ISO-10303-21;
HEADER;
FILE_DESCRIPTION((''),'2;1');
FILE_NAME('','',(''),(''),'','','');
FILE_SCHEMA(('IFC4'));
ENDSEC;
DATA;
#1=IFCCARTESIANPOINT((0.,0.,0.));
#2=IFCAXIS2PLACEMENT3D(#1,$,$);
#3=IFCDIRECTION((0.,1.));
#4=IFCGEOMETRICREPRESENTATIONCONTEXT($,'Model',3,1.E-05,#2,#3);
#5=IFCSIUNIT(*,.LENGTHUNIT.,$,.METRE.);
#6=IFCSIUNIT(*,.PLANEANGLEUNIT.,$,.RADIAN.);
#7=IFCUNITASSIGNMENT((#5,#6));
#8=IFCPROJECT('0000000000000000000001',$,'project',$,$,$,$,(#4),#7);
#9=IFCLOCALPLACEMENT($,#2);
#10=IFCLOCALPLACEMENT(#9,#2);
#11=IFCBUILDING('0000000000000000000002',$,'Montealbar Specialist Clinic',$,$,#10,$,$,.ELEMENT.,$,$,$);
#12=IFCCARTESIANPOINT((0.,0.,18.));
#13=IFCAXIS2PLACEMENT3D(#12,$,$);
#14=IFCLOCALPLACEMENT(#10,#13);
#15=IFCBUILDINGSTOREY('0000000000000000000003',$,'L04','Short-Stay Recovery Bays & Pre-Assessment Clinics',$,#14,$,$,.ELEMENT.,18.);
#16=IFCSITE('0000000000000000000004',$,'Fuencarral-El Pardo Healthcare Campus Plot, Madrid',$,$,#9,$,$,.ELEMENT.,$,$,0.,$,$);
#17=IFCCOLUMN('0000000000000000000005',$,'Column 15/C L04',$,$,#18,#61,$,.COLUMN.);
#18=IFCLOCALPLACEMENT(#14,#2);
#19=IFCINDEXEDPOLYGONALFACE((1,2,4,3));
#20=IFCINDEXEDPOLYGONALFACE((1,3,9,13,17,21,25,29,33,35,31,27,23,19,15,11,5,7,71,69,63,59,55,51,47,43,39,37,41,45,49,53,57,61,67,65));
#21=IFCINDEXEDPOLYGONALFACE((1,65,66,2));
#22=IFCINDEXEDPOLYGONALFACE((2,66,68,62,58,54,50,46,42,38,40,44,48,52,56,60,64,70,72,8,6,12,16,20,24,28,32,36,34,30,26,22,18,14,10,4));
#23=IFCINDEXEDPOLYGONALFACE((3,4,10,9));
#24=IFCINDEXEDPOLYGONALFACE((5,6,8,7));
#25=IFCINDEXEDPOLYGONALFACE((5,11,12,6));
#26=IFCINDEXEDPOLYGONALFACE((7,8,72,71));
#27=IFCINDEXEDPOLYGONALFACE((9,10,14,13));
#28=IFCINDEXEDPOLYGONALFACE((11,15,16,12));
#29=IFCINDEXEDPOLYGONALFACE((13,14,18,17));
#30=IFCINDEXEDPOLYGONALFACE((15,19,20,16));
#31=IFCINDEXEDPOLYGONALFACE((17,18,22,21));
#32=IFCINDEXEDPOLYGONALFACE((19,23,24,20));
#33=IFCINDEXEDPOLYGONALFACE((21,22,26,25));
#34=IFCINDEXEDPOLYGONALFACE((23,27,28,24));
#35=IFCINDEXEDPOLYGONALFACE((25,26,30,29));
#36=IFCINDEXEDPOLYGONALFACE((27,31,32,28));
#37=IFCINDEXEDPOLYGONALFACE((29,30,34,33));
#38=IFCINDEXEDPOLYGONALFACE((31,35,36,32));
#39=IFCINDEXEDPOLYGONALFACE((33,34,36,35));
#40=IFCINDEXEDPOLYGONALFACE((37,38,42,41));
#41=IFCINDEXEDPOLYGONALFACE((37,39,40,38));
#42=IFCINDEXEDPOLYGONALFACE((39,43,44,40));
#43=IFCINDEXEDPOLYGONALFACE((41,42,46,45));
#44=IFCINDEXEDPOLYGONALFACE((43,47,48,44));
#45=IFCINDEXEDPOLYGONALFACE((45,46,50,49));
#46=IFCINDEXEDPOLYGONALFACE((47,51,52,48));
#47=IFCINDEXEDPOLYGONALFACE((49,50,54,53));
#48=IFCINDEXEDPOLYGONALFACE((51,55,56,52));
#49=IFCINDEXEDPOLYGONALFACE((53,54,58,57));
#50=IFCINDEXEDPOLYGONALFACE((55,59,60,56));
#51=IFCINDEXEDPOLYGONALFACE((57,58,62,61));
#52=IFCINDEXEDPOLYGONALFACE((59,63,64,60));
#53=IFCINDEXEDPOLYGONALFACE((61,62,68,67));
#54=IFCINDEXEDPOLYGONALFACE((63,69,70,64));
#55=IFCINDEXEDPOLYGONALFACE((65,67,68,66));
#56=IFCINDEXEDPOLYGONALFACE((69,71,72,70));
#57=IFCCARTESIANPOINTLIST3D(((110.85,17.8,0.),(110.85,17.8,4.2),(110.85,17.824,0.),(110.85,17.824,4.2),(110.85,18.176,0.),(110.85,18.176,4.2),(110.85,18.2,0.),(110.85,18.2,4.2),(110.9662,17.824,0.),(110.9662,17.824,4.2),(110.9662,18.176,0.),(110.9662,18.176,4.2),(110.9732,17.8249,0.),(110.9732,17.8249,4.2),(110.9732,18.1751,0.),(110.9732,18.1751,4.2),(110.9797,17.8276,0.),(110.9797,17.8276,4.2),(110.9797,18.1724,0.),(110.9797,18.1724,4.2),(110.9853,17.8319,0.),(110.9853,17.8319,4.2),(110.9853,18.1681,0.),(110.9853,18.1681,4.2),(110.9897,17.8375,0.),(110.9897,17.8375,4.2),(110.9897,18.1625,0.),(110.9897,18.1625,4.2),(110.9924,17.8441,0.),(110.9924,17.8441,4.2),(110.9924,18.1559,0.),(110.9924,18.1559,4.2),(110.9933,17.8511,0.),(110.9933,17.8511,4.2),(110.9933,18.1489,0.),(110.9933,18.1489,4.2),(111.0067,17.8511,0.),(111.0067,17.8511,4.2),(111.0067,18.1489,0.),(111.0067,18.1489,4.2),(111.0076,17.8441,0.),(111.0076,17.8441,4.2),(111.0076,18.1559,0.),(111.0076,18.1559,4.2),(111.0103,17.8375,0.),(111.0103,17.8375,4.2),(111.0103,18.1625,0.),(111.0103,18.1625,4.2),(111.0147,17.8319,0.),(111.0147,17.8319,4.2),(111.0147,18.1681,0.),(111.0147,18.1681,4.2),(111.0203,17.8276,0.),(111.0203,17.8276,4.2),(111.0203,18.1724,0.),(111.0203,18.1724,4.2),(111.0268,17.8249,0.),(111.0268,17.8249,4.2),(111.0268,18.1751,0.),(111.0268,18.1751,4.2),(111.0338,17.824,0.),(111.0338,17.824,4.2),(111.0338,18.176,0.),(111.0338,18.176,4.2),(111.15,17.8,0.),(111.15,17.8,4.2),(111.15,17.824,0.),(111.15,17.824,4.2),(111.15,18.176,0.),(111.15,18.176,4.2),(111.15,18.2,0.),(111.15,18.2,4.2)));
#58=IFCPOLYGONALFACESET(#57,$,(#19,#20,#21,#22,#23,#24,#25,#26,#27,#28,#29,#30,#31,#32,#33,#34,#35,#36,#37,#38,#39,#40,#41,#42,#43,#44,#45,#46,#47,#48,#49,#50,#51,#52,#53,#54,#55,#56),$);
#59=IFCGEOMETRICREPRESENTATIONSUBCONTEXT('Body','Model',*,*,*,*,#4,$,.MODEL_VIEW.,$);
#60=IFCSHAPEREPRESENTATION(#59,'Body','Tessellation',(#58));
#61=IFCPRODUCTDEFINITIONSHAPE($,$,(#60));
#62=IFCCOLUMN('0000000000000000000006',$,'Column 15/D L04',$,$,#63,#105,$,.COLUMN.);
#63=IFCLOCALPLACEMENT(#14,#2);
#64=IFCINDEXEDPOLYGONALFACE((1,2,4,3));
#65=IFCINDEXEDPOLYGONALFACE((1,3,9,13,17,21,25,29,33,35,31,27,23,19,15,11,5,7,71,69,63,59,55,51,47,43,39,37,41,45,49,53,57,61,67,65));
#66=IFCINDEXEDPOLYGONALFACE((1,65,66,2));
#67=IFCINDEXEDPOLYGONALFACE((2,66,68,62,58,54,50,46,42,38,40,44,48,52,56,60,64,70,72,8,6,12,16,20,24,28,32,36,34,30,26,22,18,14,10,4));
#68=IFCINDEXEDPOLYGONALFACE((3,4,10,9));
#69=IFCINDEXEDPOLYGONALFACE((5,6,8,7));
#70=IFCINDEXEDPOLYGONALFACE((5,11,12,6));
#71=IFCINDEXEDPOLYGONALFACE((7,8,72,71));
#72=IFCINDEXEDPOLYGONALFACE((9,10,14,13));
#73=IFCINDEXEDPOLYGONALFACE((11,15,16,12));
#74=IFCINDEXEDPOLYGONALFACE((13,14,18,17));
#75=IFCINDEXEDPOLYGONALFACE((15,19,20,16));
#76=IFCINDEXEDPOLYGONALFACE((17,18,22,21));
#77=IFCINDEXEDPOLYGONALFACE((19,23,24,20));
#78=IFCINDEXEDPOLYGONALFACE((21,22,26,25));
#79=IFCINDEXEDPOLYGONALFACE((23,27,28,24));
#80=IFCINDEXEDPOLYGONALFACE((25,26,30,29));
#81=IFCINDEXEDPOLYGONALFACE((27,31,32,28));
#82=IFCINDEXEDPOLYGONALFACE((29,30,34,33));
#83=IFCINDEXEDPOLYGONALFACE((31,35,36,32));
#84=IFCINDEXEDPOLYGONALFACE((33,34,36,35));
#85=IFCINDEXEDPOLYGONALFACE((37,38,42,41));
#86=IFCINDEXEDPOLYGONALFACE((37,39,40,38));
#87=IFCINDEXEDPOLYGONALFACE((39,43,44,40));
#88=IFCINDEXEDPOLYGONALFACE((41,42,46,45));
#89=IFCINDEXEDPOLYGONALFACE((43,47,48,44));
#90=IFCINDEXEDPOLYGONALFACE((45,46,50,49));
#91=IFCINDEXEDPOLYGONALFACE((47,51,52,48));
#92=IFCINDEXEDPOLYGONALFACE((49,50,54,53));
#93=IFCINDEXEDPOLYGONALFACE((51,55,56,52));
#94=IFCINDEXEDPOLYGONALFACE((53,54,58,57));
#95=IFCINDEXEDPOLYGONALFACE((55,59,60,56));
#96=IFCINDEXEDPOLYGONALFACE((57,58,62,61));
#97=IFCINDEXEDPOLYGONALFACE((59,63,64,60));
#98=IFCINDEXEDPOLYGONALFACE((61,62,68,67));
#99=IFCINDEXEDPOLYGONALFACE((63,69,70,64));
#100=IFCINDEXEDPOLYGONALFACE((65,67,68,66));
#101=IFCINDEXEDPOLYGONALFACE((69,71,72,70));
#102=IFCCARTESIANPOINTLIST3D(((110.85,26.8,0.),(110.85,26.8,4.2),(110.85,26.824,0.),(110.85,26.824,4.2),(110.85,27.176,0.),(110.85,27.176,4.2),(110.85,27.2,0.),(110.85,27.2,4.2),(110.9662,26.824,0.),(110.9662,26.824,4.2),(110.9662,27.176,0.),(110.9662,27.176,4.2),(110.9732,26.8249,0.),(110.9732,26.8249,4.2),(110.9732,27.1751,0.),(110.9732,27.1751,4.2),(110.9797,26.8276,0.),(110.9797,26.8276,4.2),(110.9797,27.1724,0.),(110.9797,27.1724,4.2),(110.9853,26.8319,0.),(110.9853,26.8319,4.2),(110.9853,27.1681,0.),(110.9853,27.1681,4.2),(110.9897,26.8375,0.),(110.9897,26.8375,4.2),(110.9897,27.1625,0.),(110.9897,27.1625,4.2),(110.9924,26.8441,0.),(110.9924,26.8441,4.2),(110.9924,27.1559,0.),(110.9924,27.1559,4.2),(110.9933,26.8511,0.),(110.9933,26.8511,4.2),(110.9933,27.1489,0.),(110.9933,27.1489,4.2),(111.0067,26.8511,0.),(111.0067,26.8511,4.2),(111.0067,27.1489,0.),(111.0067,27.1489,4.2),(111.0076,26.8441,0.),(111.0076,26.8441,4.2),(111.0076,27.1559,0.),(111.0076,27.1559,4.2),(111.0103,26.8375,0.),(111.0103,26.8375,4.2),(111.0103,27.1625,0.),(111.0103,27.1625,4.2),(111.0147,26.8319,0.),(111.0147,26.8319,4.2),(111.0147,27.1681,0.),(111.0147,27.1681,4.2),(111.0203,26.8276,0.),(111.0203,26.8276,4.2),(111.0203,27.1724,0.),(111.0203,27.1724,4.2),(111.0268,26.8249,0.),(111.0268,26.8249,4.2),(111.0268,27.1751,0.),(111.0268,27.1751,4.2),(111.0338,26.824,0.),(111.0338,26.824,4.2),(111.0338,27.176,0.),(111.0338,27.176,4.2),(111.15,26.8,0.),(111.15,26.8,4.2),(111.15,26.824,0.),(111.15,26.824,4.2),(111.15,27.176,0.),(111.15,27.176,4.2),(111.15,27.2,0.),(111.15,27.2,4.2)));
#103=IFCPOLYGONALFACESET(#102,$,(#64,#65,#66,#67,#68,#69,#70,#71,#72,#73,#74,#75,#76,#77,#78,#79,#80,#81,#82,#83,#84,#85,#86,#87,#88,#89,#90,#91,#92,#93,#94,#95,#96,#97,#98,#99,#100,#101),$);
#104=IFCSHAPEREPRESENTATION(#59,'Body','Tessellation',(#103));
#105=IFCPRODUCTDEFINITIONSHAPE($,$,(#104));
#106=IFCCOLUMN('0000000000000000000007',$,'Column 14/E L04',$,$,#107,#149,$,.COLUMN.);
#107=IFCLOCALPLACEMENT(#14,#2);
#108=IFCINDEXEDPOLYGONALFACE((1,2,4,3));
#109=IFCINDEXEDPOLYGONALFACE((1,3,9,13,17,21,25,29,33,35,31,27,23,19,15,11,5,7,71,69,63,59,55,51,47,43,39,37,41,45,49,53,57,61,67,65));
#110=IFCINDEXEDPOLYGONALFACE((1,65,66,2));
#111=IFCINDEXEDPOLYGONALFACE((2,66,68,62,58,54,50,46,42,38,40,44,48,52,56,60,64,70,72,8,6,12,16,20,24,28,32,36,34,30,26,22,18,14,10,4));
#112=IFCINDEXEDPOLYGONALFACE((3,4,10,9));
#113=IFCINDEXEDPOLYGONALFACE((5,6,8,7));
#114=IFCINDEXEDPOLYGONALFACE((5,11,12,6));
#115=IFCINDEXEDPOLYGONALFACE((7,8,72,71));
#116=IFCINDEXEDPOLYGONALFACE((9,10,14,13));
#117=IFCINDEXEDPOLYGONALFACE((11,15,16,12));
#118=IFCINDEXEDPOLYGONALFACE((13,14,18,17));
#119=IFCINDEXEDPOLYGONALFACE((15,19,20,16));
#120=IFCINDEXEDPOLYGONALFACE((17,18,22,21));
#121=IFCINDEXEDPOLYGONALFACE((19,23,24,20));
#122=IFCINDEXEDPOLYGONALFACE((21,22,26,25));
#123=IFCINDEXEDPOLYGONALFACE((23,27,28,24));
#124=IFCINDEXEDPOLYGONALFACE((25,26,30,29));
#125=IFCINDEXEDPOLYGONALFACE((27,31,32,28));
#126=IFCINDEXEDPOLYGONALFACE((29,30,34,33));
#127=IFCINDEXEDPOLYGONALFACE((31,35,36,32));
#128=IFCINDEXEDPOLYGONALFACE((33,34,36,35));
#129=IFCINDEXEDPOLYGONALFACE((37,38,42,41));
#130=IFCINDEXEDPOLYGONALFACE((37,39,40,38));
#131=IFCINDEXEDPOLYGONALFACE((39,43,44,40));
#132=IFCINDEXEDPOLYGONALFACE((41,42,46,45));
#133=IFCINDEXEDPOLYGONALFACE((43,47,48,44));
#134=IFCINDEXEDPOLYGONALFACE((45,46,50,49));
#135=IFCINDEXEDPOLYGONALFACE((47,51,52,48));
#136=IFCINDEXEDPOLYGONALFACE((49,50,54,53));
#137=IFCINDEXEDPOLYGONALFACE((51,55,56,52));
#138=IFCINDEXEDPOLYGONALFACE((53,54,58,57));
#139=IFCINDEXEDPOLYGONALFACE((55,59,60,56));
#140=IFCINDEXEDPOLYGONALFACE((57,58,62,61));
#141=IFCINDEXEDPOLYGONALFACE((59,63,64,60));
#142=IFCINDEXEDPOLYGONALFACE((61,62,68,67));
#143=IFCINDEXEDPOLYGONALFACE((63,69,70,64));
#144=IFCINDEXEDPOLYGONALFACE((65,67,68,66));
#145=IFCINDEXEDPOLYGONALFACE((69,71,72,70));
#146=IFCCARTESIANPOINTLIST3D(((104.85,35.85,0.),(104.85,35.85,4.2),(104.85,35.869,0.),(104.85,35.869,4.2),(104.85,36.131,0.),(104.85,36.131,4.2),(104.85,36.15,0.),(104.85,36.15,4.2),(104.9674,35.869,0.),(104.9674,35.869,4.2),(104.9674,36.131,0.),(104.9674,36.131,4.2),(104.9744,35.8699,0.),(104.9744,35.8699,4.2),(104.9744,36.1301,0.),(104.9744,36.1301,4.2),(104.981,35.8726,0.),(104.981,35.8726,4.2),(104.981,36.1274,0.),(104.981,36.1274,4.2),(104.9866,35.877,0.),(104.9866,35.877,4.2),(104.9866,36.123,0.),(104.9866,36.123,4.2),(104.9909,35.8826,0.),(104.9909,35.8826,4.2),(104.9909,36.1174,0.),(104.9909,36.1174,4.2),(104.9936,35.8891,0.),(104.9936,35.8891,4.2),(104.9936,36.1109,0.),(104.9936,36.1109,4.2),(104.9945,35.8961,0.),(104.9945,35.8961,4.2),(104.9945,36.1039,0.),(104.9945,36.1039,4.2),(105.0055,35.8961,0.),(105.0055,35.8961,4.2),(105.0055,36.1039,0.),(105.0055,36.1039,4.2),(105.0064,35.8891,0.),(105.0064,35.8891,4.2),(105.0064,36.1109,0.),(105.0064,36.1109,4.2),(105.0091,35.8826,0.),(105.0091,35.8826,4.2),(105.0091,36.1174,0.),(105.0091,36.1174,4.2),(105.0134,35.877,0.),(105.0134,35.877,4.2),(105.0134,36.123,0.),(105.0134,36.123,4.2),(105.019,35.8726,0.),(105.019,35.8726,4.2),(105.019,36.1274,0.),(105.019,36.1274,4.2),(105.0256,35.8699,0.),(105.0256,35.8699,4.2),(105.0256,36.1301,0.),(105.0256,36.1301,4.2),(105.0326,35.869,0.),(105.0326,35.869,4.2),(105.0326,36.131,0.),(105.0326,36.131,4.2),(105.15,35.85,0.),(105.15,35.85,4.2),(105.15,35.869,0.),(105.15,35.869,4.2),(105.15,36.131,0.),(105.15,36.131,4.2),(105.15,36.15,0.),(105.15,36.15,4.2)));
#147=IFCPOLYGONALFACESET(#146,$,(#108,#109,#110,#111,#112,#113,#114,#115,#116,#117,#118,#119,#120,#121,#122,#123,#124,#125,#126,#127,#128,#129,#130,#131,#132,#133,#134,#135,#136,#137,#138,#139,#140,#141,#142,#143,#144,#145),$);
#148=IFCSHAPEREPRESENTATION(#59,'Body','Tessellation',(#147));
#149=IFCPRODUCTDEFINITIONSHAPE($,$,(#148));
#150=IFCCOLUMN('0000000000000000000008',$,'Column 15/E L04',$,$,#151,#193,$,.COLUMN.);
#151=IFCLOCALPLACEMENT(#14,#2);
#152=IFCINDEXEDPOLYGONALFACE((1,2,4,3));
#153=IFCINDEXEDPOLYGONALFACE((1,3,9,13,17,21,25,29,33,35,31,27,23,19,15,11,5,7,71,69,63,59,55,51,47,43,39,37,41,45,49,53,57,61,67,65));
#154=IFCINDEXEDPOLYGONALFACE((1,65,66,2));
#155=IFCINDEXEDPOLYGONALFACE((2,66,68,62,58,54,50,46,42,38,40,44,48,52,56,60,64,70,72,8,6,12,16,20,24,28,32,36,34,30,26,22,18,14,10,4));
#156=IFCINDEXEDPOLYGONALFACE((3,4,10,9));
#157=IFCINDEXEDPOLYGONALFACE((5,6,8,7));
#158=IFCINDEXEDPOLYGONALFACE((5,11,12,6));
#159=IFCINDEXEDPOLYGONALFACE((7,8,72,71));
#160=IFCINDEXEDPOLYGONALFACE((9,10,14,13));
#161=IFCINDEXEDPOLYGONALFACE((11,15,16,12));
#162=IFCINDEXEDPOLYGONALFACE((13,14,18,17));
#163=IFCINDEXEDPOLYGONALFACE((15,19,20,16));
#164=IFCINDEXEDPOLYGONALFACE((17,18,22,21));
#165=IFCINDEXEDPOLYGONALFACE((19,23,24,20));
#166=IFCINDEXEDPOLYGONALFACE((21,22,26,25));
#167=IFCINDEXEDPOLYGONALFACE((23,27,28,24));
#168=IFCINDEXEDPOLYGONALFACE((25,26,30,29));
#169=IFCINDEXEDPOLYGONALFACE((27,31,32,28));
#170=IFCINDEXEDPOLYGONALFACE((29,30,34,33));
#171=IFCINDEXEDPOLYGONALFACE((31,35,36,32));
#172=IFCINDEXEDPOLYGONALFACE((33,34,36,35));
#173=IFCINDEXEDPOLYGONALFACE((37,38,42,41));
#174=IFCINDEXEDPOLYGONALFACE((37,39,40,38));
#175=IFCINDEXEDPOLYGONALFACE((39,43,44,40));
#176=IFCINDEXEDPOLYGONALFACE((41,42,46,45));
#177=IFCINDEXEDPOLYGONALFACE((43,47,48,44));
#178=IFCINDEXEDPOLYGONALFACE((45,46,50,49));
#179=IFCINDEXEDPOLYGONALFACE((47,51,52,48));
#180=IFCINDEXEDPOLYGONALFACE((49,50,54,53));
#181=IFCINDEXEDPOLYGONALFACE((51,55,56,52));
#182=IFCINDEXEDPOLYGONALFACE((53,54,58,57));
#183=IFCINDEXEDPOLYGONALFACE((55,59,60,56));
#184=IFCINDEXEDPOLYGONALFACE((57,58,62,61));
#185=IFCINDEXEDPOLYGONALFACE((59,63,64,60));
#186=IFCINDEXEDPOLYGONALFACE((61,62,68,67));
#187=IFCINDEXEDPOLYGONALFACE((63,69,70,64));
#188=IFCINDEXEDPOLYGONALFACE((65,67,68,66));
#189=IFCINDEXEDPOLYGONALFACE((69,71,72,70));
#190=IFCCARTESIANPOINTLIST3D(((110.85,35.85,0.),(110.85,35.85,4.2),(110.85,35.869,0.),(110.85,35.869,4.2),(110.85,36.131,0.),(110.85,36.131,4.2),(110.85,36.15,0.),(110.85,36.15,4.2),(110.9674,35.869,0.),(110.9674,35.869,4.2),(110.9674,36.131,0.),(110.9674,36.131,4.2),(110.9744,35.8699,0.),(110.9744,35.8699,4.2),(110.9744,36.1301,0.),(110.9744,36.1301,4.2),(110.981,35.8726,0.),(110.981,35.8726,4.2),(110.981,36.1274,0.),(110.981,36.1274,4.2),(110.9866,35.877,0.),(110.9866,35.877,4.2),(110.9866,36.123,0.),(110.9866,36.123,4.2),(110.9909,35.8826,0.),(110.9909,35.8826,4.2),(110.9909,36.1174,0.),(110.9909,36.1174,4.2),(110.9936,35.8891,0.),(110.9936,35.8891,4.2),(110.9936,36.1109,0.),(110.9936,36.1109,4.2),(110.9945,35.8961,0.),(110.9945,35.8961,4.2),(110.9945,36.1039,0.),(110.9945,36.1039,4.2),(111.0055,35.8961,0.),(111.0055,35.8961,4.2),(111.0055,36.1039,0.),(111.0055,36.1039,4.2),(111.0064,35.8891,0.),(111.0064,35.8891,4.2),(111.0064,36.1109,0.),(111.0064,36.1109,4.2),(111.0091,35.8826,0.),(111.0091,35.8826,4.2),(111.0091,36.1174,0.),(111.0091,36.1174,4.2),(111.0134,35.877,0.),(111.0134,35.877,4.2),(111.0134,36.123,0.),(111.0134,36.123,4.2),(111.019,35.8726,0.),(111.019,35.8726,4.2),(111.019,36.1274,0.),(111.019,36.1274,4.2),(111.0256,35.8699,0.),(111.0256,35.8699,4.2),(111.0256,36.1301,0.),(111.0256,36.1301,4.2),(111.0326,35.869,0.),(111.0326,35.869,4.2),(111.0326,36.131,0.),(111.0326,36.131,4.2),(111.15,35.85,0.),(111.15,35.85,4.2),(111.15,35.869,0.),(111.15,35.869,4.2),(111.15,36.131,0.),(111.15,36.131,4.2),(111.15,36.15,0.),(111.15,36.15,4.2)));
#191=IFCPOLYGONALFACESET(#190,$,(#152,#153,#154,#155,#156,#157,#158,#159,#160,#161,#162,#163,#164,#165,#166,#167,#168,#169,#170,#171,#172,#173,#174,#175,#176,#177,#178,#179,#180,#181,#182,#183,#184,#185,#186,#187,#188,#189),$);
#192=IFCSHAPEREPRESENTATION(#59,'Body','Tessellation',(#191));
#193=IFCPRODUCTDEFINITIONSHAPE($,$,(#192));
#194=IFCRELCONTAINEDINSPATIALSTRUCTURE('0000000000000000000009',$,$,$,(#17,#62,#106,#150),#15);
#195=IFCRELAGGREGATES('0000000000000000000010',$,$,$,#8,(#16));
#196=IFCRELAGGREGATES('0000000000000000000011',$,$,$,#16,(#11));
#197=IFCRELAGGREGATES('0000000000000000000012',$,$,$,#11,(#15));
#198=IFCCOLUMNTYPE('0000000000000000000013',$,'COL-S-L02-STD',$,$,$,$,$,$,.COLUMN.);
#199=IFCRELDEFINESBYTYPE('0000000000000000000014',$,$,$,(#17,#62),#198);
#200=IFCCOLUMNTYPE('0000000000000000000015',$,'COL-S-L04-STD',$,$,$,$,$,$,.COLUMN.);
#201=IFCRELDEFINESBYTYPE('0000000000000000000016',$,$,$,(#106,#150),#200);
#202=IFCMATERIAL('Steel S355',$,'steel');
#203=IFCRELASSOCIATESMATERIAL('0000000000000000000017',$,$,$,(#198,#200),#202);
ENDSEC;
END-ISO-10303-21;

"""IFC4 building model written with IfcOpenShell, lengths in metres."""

from ifc_helpers import new_model, si_unit, direction, frame, origin, origin_2d, place, context, subcontext, project, spatial, i_section, extrude, material, material_profile, profile_set, type_object, element, save


model = new_model("IFC4")

# Units and contexts
model_context = context("Model", 3, precision=1e-05, world=origin(), true_north=direction((0.0, 1.0)))
body_context = subcontext(model_context, "Body", "Model", "MODEL_VIEW")
ifc_project = project(units=[si_unit("LENGTHUNIT", "METRE"), si_unit("PLANEANGLEUNIT", "RADIAN")], contexts=[model_context])

# Site, building, storey
site_placement = place(None, origin())
site = spatial("IfcSite", under=ifc_project, at=site_placement, Name="Fuencarral-El Pardo Healthcare Campus Plot, Madrid", CompositionType="ELEMENT", RefElevation=0.0)
building_placement = place(site_placement, origin())
building = spatial("IfcBuilding", under=site, at=building_placement, Name="Montealbar Specialist Clinic", CompositionType="ELEMENT")
storey_placement = place(building_placement, frame((0.0, 0.0, 18.0)))
storey = spatial("IfcBuildingStorey", under=building, at=storey_placement, Name="L04", Description="Short-Stay Recovery Bays & Pre-Assessment Clinics", CompositionType="ELEMENT", Elevation=18.0)

# Columns
ifc_material_1 = material(Name="Steel S355", Category="steel")
ifc_material_profile_1 = material_profile(ifc_material_1, i_section(OverallWidth=0.3, OverallDepth=0.3999, WebThickness=0.0134, FlangeThickness=0.0239, FilletRadius=0.0271, at=origin_2d()), Name="HEB 400", Category="steel")
ifc_profile_set_1 = profile_set([ifc_material_profile_1], Name="Steel S355")
column_type_1 = type_object("IfcColumnType", Name="COL-S-L02-STD", PredefinedType="COLUMN", material=ifc_profile_set_1)
for number, where, z_axis, x_axis, name in (
    (1, (111.0, 18.0, 0.0), (0.0, 0.0, 1.0), (1.0, 0.0, 0.0), "Column 15/C L04"),
    (2, (111.0, 27.0, 0.0), (0.0, 0.0, 1.0), (1.0, 0.0, 0.0), "Column 15/D L04"),
):
    element("IfcColumn", number, at=place(storey_placement, frame(where, z_axis=z_axis, x_axis=x_axis)), inside=storey, type_object=column_type_1, Name=name, PredefinedType="COLUMN", context=body_context, shape_type="SweptSolid", body=[
        extrude(i_section(OverallWidth=0.3, OverallDepth=0.3999, WebThickness=0.0134, FlangeThickness=0.0239, FilletRadius=0.0271, at=origin_2d()), origin(), (0.0, 0.0, 1.0), 4.2),
    ])
ifc_material_profile_2 = material_profile(ifc_material_1, i_section(OverallWidth=0.3, OverallDepth=0.3, WebThickness=0.011, FlangeThickness=0.019, FilletRadius=0.0271, at=origin_2d()), Name="HEB 300", Category="steel")
ifc_profile_set_2 = profile_set([ifc_material_profile_2], Name="Steel S355")
column_type_2 = type_object("IfcColumnType", Name="COL-S-L04-STD", PredefinedType="COLUMN", material=ifc_profile_set_2)
for number, where, z_axis, x_axis, name in (
    (3, (105.0, 36.0, 0.0), (0.0, 0.0, 1.0), (1.0, 0.0, 0.0), "Column 14/E L04"),
    (4, (111.0, 36.0, 0.0), (0.0, 0.0, 1.0), (1.0, 0.0, 0.0), "Column 15/E L04"),
):
    element("IfcColumn", number, at=place(storey_placement, frame(where, z_axis=z_axis, x_axis=x_axis)), inside=storey, type_object=column_type_2, Name=name, PredefinedType="COLUMN", context=body_context, shape_type="SweptSolid", body=[
        extrude(i_section(OverallWidth=0.3, OverallDepth=0.3, WebThickness=0.011, FlangeThickness=0.019, FilletRadius=0.0271, at=origin_2d()), origin(), (0.0, 0.0, 1.0), 4.2),
    ])

save(model, "model.ifc")
